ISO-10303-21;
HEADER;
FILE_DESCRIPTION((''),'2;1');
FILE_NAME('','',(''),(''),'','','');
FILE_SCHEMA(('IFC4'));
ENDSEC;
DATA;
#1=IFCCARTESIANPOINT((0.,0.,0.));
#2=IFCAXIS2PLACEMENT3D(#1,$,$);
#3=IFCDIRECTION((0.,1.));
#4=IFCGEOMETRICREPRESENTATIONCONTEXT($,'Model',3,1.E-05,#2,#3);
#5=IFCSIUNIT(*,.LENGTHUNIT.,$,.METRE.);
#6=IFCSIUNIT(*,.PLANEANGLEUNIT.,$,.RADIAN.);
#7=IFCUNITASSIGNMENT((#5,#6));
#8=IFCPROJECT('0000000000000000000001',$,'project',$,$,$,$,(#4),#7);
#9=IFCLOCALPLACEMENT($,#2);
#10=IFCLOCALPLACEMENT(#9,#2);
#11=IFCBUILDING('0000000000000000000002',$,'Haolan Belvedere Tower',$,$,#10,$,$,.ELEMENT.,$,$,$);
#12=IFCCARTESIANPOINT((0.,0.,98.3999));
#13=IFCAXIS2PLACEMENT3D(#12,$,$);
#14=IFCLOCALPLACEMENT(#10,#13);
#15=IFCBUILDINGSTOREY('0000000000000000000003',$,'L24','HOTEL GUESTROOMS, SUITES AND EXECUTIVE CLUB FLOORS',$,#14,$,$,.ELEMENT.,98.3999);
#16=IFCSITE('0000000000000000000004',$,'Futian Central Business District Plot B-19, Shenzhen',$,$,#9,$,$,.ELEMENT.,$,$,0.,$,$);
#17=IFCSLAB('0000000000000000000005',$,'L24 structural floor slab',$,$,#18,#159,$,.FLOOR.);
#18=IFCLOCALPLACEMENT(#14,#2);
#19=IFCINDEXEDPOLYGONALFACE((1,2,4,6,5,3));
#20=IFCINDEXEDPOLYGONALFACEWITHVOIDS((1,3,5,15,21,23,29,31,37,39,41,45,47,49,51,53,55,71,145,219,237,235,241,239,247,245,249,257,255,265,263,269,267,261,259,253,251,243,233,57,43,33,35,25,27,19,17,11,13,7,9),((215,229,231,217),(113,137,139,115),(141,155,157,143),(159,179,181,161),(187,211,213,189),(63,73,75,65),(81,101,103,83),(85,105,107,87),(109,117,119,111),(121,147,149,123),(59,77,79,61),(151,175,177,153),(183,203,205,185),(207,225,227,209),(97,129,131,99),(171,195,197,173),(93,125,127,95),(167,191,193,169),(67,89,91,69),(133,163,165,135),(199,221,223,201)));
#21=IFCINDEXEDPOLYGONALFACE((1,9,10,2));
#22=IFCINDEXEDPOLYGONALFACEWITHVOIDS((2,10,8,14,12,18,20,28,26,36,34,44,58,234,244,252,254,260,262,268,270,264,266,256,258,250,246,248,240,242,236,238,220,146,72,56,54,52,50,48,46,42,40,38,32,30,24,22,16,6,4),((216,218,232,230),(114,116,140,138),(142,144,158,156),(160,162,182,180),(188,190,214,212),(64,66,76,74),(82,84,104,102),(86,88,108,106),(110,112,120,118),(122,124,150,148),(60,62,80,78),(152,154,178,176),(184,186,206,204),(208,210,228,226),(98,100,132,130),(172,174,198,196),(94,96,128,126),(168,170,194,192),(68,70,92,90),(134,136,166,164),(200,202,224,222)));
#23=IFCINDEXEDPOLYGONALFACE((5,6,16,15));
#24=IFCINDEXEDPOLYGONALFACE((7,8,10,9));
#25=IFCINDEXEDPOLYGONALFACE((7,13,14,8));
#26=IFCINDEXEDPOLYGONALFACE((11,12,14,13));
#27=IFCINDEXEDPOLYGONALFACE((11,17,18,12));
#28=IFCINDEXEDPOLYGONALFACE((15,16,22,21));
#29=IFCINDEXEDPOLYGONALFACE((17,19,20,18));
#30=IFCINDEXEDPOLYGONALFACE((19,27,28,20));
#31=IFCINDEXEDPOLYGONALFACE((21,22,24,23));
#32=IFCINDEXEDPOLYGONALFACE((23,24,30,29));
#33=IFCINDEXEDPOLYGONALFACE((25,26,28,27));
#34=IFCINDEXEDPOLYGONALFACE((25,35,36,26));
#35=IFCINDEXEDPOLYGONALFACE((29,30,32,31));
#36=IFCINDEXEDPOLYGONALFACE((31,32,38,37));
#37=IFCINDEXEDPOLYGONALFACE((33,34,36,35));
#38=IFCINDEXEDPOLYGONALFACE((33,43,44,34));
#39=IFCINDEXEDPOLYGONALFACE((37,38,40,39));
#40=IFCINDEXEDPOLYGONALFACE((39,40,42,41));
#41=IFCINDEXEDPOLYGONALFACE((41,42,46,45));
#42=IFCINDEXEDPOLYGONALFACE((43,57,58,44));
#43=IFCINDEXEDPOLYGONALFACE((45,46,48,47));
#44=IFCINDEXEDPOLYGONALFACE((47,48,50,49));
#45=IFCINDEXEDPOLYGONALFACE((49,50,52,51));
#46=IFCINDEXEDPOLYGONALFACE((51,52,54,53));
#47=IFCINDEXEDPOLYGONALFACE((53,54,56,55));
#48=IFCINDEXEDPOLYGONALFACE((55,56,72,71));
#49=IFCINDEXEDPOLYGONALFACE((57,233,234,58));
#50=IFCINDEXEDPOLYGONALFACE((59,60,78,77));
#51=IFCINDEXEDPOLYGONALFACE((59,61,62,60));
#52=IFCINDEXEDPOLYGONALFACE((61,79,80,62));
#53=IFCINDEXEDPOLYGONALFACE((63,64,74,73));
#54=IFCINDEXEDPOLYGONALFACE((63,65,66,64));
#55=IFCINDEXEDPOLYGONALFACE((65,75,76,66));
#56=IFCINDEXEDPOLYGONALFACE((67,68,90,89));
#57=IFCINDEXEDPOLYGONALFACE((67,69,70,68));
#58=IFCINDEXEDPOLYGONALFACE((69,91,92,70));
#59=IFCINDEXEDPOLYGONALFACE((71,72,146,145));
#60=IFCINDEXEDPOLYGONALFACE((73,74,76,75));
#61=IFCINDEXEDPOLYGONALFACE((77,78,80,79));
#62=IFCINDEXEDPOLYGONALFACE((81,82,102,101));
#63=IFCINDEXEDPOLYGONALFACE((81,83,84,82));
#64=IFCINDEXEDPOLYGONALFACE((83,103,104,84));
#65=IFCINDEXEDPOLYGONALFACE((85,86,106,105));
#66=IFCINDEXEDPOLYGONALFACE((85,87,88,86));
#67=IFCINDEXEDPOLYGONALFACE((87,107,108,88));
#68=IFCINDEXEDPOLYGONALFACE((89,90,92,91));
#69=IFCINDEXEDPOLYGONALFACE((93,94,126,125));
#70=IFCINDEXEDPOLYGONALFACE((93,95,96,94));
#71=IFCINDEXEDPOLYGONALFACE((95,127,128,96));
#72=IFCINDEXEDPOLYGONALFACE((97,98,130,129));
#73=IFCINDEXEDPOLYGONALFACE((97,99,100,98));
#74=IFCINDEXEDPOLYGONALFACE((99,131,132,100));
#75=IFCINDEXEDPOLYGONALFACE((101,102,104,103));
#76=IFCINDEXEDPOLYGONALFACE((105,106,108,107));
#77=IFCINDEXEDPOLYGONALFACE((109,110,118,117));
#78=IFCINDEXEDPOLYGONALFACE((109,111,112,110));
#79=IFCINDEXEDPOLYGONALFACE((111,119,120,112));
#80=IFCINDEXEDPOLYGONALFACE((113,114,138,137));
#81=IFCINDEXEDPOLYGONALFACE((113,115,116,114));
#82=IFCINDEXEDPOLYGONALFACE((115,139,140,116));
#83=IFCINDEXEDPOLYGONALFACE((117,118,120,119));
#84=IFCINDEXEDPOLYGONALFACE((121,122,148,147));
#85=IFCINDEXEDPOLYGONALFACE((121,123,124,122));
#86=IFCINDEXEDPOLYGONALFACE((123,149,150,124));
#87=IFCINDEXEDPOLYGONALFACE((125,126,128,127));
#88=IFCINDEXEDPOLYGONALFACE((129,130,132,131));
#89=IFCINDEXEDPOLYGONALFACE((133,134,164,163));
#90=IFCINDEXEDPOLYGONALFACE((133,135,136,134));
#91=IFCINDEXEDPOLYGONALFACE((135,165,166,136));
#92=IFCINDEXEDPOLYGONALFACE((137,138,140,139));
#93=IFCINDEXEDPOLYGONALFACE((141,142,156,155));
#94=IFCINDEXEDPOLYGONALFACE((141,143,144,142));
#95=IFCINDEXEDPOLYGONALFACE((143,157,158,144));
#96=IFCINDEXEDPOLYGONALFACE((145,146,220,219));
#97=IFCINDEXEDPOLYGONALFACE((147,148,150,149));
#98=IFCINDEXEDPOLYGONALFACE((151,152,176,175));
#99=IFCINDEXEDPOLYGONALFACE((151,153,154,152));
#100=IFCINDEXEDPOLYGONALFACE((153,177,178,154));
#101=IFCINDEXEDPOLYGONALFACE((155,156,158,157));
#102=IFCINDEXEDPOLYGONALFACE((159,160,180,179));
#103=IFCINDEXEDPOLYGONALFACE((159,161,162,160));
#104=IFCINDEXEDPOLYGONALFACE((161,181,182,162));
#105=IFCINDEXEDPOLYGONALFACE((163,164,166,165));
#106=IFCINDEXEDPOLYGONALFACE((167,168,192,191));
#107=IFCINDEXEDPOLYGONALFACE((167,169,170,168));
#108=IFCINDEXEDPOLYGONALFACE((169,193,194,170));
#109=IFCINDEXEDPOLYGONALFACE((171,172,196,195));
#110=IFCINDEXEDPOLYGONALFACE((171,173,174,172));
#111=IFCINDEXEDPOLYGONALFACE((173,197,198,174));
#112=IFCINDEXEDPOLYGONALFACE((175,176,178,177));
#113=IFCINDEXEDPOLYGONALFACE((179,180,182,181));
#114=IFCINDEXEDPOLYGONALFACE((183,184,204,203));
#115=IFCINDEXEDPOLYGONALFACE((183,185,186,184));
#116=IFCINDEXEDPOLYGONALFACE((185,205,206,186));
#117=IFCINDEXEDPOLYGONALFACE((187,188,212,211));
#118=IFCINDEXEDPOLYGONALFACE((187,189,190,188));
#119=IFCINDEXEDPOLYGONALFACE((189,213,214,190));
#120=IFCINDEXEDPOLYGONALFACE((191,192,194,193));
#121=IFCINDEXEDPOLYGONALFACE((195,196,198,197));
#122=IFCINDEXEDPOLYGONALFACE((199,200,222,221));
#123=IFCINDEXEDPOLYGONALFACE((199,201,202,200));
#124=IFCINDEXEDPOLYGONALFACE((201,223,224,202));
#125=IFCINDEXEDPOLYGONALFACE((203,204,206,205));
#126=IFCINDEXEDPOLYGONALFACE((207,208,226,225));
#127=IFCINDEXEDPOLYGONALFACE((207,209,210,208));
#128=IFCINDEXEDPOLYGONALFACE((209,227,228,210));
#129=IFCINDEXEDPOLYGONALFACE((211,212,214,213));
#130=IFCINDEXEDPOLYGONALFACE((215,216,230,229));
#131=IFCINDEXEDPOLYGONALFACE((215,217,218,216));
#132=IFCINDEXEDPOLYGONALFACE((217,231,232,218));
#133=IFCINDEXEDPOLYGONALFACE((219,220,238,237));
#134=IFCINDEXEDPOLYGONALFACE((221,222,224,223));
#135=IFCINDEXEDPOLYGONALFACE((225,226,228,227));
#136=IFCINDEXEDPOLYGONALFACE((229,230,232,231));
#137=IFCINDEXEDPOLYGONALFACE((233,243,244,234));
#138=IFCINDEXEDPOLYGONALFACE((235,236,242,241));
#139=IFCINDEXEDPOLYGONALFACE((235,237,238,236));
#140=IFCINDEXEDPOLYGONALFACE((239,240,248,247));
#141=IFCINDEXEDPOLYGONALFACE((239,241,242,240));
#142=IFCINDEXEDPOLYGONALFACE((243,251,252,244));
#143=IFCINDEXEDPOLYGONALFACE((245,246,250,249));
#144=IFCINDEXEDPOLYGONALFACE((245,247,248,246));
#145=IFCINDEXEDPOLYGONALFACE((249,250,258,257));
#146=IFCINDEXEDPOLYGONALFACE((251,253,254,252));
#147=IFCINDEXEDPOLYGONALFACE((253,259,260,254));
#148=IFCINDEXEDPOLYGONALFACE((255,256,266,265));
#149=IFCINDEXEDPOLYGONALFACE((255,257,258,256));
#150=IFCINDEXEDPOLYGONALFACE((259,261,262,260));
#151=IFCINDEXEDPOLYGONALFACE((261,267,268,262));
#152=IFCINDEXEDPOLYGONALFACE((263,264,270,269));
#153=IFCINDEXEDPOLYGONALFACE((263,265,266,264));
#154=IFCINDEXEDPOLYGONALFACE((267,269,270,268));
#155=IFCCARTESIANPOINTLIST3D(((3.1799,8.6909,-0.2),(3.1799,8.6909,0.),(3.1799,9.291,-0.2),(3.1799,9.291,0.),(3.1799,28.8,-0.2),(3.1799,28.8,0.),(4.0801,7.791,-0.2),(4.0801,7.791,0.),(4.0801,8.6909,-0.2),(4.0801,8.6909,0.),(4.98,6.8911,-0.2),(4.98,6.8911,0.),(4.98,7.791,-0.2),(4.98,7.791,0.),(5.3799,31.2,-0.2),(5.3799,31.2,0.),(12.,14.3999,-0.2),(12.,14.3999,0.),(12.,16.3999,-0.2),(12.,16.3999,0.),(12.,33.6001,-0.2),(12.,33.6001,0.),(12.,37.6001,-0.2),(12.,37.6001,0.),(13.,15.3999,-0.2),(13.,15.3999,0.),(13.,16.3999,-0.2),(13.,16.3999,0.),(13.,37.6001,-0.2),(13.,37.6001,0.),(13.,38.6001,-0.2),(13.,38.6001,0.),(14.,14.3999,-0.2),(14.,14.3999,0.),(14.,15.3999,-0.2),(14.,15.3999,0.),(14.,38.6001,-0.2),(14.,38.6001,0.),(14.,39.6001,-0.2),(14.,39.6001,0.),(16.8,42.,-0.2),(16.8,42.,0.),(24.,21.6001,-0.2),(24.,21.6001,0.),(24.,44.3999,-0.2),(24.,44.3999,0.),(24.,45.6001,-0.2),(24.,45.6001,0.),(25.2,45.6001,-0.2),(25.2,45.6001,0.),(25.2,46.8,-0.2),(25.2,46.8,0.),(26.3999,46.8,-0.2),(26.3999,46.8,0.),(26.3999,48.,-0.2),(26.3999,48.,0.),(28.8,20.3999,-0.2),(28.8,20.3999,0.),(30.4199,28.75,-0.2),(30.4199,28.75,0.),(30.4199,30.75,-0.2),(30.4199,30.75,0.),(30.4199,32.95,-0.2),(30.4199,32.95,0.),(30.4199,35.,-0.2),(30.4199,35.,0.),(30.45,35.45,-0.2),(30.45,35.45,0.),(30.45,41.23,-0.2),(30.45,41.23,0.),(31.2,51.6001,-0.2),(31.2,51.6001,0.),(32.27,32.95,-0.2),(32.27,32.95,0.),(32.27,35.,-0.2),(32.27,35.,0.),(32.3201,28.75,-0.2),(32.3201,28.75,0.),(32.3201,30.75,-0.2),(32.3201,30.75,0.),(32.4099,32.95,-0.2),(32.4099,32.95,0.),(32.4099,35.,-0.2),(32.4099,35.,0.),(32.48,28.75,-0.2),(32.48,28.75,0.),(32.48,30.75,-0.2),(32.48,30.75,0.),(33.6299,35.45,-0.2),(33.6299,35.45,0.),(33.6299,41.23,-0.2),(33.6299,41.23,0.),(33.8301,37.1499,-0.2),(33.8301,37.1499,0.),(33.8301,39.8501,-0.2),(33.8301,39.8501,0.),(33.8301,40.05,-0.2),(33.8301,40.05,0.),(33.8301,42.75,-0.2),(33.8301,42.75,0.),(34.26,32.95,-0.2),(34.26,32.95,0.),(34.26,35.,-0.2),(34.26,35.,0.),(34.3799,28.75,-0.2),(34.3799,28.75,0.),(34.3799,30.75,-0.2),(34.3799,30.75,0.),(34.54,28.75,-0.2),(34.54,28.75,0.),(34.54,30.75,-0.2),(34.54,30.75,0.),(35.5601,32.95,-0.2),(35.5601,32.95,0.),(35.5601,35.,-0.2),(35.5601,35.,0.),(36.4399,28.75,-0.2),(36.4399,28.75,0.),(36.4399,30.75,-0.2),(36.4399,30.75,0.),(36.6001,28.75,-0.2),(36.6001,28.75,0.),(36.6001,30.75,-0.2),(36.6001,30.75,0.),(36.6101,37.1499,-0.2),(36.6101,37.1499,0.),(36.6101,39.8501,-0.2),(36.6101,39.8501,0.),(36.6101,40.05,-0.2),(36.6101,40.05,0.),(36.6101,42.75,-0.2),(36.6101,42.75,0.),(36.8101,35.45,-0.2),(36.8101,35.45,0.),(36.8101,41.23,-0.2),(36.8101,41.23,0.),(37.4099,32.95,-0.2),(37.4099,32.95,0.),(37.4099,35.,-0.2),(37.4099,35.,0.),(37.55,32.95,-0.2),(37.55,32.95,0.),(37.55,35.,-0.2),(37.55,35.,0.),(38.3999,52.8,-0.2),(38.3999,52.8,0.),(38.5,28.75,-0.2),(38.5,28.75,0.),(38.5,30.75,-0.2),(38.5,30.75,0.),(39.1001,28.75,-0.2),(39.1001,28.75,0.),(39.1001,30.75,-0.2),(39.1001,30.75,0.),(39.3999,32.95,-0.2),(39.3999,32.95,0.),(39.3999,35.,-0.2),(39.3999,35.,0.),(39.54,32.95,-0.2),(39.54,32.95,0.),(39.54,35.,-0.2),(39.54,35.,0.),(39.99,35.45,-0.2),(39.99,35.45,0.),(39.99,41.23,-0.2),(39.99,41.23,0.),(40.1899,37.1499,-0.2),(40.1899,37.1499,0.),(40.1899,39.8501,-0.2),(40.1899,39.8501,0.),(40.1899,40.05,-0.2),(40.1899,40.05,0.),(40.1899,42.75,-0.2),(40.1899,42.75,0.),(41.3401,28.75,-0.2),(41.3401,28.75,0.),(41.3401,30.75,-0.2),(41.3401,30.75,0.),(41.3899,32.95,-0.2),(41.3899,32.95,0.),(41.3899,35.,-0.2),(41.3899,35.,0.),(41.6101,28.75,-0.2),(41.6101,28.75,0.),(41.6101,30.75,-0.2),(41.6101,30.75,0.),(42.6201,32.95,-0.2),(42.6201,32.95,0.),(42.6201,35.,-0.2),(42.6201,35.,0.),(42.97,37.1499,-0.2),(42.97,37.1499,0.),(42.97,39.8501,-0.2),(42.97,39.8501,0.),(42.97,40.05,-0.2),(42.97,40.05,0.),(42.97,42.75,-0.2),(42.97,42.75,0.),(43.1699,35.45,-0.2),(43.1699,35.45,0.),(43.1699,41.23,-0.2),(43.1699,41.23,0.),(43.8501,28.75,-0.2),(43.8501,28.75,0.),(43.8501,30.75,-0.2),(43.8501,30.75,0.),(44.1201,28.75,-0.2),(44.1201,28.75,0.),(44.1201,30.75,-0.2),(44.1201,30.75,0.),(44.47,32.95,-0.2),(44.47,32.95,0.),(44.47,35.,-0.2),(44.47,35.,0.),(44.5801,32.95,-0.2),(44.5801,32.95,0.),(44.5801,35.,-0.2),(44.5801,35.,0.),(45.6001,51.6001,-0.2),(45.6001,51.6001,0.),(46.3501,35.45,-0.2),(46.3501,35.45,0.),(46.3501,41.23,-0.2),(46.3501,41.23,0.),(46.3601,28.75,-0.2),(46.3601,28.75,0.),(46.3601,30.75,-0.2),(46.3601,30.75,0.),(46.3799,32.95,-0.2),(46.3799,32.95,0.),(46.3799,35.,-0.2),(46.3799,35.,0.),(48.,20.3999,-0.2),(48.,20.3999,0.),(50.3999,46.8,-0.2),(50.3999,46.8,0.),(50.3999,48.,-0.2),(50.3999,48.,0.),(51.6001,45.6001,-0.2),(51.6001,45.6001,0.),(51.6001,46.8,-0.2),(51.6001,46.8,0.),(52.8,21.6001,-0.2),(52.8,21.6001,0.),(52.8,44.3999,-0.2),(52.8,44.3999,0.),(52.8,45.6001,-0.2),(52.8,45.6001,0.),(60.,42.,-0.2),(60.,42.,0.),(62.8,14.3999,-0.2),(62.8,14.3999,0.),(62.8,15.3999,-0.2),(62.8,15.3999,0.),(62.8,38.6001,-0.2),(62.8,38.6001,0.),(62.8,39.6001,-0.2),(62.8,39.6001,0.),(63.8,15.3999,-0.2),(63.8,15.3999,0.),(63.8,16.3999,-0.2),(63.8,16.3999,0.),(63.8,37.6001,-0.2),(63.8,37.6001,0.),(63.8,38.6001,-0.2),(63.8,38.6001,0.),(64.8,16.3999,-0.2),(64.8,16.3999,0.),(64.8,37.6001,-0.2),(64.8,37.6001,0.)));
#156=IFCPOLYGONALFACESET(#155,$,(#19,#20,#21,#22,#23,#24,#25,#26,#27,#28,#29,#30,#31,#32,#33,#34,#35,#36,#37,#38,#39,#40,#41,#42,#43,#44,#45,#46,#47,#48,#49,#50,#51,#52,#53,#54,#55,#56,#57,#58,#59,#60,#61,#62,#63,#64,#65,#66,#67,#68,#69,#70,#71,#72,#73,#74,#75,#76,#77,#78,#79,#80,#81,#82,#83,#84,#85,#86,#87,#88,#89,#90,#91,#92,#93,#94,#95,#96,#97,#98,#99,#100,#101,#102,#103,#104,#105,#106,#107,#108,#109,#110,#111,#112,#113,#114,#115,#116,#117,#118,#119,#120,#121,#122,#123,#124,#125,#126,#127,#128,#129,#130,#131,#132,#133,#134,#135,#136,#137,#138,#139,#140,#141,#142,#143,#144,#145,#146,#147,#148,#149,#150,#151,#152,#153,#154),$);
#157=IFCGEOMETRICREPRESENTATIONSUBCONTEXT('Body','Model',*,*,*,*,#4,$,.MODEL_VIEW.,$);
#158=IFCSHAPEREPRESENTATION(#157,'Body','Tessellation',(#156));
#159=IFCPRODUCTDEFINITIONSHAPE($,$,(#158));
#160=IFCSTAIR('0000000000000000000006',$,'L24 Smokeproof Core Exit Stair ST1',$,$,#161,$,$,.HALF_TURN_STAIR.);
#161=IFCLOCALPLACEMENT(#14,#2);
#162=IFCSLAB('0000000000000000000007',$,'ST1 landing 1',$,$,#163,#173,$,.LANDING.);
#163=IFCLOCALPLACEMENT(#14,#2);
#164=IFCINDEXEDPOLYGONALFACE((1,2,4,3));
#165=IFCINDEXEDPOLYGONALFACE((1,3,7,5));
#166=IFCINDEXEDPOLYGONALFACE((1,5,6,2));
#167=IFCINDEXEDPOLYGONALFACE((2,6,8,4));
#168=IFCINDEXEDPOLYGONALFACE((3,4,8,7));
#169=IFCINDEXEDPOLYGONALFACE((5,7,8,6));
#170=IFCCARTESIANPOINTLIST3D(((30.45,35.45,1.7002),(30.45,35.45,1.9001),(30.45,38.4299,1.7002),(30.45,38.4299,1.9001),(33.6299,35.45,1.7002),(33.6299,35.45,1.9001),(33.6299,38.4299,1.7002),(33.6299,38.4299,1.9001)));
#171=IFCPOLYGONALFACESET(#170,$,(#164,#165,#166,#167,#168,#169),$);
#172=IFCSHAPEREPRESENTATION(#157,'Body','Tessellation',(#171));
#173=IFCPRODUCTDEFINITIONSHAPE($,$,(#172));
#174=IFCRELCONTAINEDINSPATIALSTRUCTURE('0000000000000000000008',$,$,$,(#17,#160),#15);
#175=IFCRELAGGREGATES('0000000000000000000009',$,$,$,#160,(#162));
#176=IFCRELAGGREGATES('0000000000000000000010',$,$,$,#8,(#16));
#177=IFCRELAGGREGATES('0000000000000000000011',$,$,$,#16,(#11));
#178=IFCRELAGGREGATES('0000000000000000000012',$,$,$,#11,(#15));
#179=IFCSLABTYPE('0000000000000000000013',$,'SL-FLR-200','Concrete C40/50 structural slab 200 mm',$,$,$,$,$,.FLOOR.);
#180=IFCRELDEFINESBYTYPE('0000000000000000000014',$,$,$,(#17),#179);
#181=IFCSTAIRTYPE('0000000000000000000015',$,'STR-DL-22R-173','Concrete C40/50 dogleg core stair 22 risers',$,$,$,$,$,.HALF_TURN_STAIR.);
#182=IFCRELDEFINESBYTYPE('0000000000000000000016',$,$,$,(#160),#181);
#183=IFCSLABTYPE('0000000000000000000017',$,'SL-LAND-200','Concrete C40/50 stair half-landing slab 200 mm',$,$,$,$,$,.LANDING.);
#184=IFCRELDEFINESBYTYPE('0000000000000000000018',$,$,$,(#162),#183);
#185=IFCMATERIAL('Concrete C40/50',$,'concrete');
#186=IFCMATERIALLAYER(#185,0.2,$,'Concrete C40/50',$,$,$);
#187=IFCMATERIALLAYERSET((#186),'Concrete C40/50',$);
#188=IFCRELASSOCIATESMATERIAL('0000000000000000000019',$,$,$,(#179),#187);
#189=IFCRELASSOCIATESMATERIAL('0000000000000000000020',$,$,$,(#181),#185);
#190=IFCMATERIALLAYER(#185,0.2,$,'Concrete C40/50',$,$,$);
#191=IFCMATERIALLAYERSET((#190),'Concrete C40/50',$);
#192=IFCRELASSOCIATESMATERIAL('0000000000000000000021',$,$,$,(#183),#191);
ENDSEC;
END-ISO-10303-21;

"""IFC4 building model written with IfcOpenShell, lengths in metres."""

from ifc_helpers import new_model, si_unit, direction, frame, origin, place, context, subcontext, project, spatial, polyline, outline, extrude, material, layer, layer_set, type_object, element, aggregate, save


model = new_model("IFC4")

# Units and contexts
model_context = context("Model", 3, precision=1e-05, world=origin(), true_north=direction((0.0, 1.0)))
body_context = subcontext(model_context, "Body", "Model", "MODEL_VIEW")
ifc_project = project(units=[si_unit("LENGTHUNIT", "METRE"), si_unit("PLANEANGLEUNIT", "RADIAN")], contexts=[model_context])

# Site, building, storey
site_placement = place(None, origin())
site = spatial("IfcSite", under=ifc_project, at=site_placement, Name="Futian Central Business District Plot B-19, Shenzhen", CompositionType="ELEMENT", RefElevation=0.0)
building_placement = place(site_placement, origin())
building = spatial("IfcBuilding", under=site, at=building_placement, Name="Haolan Belvedere Tower", CompositionType="ELEMENT")
storey_placement = place(building_placement, frame((0.0, 0.0, 98.3999)))
storey = spatial("IfcBuildingStorey", under=building, at=storey_placement, Name="L24", Description="HOTEL GUESTROOMS, SUITES AND EXECUTIVE CLUB FLOORS", CompositionType="ELEMENT", Elevation=98.3999)

# Slab
ifc_material_1 = material(Name="Concrete C40/50", Category="concrete")
ifc_layer_1 = layer(ifc_material_1, 0.2, Name="Concrete C40/50")
ifc_layer_set_1 = layer_set([ifc_layer_1], Name="Concrete C40/50")
slab_type_1 = type_object("IfcSlabType", Name="SL-FLR-200", Description="Concrete C40/50 structural slab 200 mm", PredefinedType="FLOOR", material=ifc_layer_set_1)
slab_1_placement = place(storey_placement, frame((0.0, 0.0, -0.2)))
element("IfcSlab", 1, at=slab_1_placement, inside=storey, type_object=slab_type_1, Name="L24 structural floor slab", PredefinedType="FLOOR", context=body_context, shape_type="SweptSolid", body=[
    extrude(outline(polyline([(12.0, 14.3999), (12.0, 16.3999), (13.0, 16.3999), (13.0, 15.3999), (14.0, 15.3999), (14.0, 14.3999), (24.0, 21.6001), (28.8, 20.3999), (48.0, 20.3999), (52.8, 21.6001), (62.8, 14.3999), (62.8, 15.3999), (63.8, 15.3999), (63.8, 16.3999), (64.8, 16.3999), (64.8, 37.6001), (63.8, 37.6001), (63.8, 38.6001), (62.8, 38.6001), (62.8, 39.6001), (60.0, 42.0), (52.8, 44.3999), (52.8, 45.6001), (51.6001, 45.6001), (51.6001, 46.8), (50.3999, 46.8), (50.3999, 48.0), (45.6001, 51.6001), (38.3999, 52.8), (31.2, 51.6001), (26.3999, 48.0), (26.3999, 46.8), (25.2, 46.8), (25.2, 45.6001), (24.0, 45.6001), (24.0, 44.3999), (16.8, 42.0), (14.0, 39.6001), (14.0, 38.6001), (13.0, 38.6001), (13.0, 37.6001), (12.0, 37.6001), (12.0, 33.6001), (5.3799, 31.2), (3.1799, 28.8), (3.1799, 9.291), (3.1799, 8.6909), (4.0801, 8.6909), (4.0801, 7.791), (4.98, 7.791), (4.98, 6.8911), (12.0, 14.3999)]), holes=[polyline([(30.45, 41.23), (30.45, 35.45), (33.6299, 35.45), (33.6299, 41.23), (30.45, 41.23)]), polyline([(36.8101, 41.23), (36.8101, 35.45), (39.99, 35.45), (39.99, 41.23), (36.8101, 41.23)]), polyline([(43.1699, 41.23), (43.1699, 35.45), (46.3501, 35.45), (46.3501, 41.23), (43.1699, 41.23)]), polyline([(33.8301, 40.05), (36.6101, 40.05), (36.6101, 42.75), (33.8301, 42.75), (33.8301, 40.05)]), polyline([(33.8301, 37.1499), (36.6101, 37.1499), (36.6101, 39.8501), (33.8301, 39.8501), (33.8301, 37.1499)]), polyline([(40.1899, 40.05), (42.97, 40.05), (42.97, 42.75), (40.1899, 42.75), (40.1899, 40.05)]), polyline([(40.1899, 37.1499), (42.97, 37.1499), (42.97, 39.8501), (40.1899, 39.8501), (40.1899, 37.1499)]), polyline([(30.4199, 32.95), (32.27, 32.95), (32.27, 35.0), (30.4199, 35.0), (30.4199, 32.95)]), polyline([(32.4099, 32.95), (34.26, 32.95), (34.26, 35.0), (32.4099, 35.0), (32.4099, 32.95)]), polyline([(35.5601, 32.95), (37.4099, 32.95), (37.4099, 35.0), (35.5601, 35.0), (35.5601, 32.95)]), polyline([(37.55, 32.95), (39.3999, 32.95), (39.3999, 35.0), (37.55, 35.0), (37.55, 32.95)]), polyline([(39.54, 32.95), (41.3899, 32.95), (41.3899, 35.0), (39.54, 35.0), (39.54, 32.95)]), polyline([(42.6201, 32.95), (44.47, 32.95), (44.47, 35.0), (42.6201, 35.0), (42.6201, 32.95)]), polyline([(44.5801, 32.95), (46.3799, 32.95), (46.3799, 35.0), (44.5801, 35.0), (44.5801, 32.95)]), polyline([(30.4199, 28.75), (32.3201, 28.75), (32.3201, 30.75), (30.4199, 30.75), (30.4199, 28.75)]), polyline([(32.48, 28.75), (34.3799, 28.75), (34.3799, 30.75), (32.48, 30.75), (32.48, 28.75)]), polyline([(34.54, 28.75), (36.4399, 28.75), (36.4399, 30.75), (34.54, 30.75), (34.54, 28.75)]), polyline([(36.6001, 28.75), (38.5, 28.75), (38.5, 30.75), (36.6001, 30.75), (36.6001, 28.75)]), polyline([(39.1001, 28.75), (41.3401, 28.75), (41.3401, 30.75), (39.1001, 30.75), (39.1001, 28.75)]), polyline([(41.6101, 28.75), (43.8501, 28.75), (43.8501, 30.75), (41.6101, 30.75), (41.6101, 28.75)]), polyline([(44.1201, 28.75), (46.3601, 28.75), (46.3601, 30.75), (44.1201, 30.75), (44.1201, 28.75)])]), origin(), (0.0, 0.0, 1.0), 0.2),
])

# Stair, slab
stair_type = type_object("IfcStairType", Name="STR-DL-22R-173", Description="Concrete C40/50 dogleg core stair 22 risers", PredefinedType="HALF_TURN_STAIR", material=ifc_material_1)
stair_1_placement = place(storey_placement, origin())
stair_1 = element("IfcStair", 2, at=stair_1_placement, inside=storey, type_object=stair_type, Name="L24 Smokeproof Core Exit Stair ST1", PredefinedType="HALF_TURN_STAIR")
ifc_layer_2 = layer(ifc_material_1, 0.2, Name="Concrete C40/50")
ifc_layer_set_2 = layer_set([ifc_layer_2], Name="Concrete C40/50")
slab_type_2 = type_object("IfcSlabType", Name="SL-LAND-200", Description="Concrete C40/50 stair half-landing slab 200 mm", PredefinedType="LANDING", material=ifc_layer_set_2)
slab_2_placement = place(storey_placement, frame((0.0, 0.0, 1.7002)))
slab_2 = element("IfcSlab", 3, at=slab_2_placement, type_object=slab_type_2, Name="ST1 landing 1", PredefinedType="LANDING", context=body_context, shape_type="SweptSolid", body=[
    extrude(outline(polyline([(30.45, 38.4299), (30.45, 35.45), (33.6299, 35.45), (33.6299, 38.4299), (30.45, 38.4299)])), origin(), (0.0, 0.0, 1.0), 0.2),
])
aggregate(stair_1, [slab_2])

save(model, "model.ifc")
